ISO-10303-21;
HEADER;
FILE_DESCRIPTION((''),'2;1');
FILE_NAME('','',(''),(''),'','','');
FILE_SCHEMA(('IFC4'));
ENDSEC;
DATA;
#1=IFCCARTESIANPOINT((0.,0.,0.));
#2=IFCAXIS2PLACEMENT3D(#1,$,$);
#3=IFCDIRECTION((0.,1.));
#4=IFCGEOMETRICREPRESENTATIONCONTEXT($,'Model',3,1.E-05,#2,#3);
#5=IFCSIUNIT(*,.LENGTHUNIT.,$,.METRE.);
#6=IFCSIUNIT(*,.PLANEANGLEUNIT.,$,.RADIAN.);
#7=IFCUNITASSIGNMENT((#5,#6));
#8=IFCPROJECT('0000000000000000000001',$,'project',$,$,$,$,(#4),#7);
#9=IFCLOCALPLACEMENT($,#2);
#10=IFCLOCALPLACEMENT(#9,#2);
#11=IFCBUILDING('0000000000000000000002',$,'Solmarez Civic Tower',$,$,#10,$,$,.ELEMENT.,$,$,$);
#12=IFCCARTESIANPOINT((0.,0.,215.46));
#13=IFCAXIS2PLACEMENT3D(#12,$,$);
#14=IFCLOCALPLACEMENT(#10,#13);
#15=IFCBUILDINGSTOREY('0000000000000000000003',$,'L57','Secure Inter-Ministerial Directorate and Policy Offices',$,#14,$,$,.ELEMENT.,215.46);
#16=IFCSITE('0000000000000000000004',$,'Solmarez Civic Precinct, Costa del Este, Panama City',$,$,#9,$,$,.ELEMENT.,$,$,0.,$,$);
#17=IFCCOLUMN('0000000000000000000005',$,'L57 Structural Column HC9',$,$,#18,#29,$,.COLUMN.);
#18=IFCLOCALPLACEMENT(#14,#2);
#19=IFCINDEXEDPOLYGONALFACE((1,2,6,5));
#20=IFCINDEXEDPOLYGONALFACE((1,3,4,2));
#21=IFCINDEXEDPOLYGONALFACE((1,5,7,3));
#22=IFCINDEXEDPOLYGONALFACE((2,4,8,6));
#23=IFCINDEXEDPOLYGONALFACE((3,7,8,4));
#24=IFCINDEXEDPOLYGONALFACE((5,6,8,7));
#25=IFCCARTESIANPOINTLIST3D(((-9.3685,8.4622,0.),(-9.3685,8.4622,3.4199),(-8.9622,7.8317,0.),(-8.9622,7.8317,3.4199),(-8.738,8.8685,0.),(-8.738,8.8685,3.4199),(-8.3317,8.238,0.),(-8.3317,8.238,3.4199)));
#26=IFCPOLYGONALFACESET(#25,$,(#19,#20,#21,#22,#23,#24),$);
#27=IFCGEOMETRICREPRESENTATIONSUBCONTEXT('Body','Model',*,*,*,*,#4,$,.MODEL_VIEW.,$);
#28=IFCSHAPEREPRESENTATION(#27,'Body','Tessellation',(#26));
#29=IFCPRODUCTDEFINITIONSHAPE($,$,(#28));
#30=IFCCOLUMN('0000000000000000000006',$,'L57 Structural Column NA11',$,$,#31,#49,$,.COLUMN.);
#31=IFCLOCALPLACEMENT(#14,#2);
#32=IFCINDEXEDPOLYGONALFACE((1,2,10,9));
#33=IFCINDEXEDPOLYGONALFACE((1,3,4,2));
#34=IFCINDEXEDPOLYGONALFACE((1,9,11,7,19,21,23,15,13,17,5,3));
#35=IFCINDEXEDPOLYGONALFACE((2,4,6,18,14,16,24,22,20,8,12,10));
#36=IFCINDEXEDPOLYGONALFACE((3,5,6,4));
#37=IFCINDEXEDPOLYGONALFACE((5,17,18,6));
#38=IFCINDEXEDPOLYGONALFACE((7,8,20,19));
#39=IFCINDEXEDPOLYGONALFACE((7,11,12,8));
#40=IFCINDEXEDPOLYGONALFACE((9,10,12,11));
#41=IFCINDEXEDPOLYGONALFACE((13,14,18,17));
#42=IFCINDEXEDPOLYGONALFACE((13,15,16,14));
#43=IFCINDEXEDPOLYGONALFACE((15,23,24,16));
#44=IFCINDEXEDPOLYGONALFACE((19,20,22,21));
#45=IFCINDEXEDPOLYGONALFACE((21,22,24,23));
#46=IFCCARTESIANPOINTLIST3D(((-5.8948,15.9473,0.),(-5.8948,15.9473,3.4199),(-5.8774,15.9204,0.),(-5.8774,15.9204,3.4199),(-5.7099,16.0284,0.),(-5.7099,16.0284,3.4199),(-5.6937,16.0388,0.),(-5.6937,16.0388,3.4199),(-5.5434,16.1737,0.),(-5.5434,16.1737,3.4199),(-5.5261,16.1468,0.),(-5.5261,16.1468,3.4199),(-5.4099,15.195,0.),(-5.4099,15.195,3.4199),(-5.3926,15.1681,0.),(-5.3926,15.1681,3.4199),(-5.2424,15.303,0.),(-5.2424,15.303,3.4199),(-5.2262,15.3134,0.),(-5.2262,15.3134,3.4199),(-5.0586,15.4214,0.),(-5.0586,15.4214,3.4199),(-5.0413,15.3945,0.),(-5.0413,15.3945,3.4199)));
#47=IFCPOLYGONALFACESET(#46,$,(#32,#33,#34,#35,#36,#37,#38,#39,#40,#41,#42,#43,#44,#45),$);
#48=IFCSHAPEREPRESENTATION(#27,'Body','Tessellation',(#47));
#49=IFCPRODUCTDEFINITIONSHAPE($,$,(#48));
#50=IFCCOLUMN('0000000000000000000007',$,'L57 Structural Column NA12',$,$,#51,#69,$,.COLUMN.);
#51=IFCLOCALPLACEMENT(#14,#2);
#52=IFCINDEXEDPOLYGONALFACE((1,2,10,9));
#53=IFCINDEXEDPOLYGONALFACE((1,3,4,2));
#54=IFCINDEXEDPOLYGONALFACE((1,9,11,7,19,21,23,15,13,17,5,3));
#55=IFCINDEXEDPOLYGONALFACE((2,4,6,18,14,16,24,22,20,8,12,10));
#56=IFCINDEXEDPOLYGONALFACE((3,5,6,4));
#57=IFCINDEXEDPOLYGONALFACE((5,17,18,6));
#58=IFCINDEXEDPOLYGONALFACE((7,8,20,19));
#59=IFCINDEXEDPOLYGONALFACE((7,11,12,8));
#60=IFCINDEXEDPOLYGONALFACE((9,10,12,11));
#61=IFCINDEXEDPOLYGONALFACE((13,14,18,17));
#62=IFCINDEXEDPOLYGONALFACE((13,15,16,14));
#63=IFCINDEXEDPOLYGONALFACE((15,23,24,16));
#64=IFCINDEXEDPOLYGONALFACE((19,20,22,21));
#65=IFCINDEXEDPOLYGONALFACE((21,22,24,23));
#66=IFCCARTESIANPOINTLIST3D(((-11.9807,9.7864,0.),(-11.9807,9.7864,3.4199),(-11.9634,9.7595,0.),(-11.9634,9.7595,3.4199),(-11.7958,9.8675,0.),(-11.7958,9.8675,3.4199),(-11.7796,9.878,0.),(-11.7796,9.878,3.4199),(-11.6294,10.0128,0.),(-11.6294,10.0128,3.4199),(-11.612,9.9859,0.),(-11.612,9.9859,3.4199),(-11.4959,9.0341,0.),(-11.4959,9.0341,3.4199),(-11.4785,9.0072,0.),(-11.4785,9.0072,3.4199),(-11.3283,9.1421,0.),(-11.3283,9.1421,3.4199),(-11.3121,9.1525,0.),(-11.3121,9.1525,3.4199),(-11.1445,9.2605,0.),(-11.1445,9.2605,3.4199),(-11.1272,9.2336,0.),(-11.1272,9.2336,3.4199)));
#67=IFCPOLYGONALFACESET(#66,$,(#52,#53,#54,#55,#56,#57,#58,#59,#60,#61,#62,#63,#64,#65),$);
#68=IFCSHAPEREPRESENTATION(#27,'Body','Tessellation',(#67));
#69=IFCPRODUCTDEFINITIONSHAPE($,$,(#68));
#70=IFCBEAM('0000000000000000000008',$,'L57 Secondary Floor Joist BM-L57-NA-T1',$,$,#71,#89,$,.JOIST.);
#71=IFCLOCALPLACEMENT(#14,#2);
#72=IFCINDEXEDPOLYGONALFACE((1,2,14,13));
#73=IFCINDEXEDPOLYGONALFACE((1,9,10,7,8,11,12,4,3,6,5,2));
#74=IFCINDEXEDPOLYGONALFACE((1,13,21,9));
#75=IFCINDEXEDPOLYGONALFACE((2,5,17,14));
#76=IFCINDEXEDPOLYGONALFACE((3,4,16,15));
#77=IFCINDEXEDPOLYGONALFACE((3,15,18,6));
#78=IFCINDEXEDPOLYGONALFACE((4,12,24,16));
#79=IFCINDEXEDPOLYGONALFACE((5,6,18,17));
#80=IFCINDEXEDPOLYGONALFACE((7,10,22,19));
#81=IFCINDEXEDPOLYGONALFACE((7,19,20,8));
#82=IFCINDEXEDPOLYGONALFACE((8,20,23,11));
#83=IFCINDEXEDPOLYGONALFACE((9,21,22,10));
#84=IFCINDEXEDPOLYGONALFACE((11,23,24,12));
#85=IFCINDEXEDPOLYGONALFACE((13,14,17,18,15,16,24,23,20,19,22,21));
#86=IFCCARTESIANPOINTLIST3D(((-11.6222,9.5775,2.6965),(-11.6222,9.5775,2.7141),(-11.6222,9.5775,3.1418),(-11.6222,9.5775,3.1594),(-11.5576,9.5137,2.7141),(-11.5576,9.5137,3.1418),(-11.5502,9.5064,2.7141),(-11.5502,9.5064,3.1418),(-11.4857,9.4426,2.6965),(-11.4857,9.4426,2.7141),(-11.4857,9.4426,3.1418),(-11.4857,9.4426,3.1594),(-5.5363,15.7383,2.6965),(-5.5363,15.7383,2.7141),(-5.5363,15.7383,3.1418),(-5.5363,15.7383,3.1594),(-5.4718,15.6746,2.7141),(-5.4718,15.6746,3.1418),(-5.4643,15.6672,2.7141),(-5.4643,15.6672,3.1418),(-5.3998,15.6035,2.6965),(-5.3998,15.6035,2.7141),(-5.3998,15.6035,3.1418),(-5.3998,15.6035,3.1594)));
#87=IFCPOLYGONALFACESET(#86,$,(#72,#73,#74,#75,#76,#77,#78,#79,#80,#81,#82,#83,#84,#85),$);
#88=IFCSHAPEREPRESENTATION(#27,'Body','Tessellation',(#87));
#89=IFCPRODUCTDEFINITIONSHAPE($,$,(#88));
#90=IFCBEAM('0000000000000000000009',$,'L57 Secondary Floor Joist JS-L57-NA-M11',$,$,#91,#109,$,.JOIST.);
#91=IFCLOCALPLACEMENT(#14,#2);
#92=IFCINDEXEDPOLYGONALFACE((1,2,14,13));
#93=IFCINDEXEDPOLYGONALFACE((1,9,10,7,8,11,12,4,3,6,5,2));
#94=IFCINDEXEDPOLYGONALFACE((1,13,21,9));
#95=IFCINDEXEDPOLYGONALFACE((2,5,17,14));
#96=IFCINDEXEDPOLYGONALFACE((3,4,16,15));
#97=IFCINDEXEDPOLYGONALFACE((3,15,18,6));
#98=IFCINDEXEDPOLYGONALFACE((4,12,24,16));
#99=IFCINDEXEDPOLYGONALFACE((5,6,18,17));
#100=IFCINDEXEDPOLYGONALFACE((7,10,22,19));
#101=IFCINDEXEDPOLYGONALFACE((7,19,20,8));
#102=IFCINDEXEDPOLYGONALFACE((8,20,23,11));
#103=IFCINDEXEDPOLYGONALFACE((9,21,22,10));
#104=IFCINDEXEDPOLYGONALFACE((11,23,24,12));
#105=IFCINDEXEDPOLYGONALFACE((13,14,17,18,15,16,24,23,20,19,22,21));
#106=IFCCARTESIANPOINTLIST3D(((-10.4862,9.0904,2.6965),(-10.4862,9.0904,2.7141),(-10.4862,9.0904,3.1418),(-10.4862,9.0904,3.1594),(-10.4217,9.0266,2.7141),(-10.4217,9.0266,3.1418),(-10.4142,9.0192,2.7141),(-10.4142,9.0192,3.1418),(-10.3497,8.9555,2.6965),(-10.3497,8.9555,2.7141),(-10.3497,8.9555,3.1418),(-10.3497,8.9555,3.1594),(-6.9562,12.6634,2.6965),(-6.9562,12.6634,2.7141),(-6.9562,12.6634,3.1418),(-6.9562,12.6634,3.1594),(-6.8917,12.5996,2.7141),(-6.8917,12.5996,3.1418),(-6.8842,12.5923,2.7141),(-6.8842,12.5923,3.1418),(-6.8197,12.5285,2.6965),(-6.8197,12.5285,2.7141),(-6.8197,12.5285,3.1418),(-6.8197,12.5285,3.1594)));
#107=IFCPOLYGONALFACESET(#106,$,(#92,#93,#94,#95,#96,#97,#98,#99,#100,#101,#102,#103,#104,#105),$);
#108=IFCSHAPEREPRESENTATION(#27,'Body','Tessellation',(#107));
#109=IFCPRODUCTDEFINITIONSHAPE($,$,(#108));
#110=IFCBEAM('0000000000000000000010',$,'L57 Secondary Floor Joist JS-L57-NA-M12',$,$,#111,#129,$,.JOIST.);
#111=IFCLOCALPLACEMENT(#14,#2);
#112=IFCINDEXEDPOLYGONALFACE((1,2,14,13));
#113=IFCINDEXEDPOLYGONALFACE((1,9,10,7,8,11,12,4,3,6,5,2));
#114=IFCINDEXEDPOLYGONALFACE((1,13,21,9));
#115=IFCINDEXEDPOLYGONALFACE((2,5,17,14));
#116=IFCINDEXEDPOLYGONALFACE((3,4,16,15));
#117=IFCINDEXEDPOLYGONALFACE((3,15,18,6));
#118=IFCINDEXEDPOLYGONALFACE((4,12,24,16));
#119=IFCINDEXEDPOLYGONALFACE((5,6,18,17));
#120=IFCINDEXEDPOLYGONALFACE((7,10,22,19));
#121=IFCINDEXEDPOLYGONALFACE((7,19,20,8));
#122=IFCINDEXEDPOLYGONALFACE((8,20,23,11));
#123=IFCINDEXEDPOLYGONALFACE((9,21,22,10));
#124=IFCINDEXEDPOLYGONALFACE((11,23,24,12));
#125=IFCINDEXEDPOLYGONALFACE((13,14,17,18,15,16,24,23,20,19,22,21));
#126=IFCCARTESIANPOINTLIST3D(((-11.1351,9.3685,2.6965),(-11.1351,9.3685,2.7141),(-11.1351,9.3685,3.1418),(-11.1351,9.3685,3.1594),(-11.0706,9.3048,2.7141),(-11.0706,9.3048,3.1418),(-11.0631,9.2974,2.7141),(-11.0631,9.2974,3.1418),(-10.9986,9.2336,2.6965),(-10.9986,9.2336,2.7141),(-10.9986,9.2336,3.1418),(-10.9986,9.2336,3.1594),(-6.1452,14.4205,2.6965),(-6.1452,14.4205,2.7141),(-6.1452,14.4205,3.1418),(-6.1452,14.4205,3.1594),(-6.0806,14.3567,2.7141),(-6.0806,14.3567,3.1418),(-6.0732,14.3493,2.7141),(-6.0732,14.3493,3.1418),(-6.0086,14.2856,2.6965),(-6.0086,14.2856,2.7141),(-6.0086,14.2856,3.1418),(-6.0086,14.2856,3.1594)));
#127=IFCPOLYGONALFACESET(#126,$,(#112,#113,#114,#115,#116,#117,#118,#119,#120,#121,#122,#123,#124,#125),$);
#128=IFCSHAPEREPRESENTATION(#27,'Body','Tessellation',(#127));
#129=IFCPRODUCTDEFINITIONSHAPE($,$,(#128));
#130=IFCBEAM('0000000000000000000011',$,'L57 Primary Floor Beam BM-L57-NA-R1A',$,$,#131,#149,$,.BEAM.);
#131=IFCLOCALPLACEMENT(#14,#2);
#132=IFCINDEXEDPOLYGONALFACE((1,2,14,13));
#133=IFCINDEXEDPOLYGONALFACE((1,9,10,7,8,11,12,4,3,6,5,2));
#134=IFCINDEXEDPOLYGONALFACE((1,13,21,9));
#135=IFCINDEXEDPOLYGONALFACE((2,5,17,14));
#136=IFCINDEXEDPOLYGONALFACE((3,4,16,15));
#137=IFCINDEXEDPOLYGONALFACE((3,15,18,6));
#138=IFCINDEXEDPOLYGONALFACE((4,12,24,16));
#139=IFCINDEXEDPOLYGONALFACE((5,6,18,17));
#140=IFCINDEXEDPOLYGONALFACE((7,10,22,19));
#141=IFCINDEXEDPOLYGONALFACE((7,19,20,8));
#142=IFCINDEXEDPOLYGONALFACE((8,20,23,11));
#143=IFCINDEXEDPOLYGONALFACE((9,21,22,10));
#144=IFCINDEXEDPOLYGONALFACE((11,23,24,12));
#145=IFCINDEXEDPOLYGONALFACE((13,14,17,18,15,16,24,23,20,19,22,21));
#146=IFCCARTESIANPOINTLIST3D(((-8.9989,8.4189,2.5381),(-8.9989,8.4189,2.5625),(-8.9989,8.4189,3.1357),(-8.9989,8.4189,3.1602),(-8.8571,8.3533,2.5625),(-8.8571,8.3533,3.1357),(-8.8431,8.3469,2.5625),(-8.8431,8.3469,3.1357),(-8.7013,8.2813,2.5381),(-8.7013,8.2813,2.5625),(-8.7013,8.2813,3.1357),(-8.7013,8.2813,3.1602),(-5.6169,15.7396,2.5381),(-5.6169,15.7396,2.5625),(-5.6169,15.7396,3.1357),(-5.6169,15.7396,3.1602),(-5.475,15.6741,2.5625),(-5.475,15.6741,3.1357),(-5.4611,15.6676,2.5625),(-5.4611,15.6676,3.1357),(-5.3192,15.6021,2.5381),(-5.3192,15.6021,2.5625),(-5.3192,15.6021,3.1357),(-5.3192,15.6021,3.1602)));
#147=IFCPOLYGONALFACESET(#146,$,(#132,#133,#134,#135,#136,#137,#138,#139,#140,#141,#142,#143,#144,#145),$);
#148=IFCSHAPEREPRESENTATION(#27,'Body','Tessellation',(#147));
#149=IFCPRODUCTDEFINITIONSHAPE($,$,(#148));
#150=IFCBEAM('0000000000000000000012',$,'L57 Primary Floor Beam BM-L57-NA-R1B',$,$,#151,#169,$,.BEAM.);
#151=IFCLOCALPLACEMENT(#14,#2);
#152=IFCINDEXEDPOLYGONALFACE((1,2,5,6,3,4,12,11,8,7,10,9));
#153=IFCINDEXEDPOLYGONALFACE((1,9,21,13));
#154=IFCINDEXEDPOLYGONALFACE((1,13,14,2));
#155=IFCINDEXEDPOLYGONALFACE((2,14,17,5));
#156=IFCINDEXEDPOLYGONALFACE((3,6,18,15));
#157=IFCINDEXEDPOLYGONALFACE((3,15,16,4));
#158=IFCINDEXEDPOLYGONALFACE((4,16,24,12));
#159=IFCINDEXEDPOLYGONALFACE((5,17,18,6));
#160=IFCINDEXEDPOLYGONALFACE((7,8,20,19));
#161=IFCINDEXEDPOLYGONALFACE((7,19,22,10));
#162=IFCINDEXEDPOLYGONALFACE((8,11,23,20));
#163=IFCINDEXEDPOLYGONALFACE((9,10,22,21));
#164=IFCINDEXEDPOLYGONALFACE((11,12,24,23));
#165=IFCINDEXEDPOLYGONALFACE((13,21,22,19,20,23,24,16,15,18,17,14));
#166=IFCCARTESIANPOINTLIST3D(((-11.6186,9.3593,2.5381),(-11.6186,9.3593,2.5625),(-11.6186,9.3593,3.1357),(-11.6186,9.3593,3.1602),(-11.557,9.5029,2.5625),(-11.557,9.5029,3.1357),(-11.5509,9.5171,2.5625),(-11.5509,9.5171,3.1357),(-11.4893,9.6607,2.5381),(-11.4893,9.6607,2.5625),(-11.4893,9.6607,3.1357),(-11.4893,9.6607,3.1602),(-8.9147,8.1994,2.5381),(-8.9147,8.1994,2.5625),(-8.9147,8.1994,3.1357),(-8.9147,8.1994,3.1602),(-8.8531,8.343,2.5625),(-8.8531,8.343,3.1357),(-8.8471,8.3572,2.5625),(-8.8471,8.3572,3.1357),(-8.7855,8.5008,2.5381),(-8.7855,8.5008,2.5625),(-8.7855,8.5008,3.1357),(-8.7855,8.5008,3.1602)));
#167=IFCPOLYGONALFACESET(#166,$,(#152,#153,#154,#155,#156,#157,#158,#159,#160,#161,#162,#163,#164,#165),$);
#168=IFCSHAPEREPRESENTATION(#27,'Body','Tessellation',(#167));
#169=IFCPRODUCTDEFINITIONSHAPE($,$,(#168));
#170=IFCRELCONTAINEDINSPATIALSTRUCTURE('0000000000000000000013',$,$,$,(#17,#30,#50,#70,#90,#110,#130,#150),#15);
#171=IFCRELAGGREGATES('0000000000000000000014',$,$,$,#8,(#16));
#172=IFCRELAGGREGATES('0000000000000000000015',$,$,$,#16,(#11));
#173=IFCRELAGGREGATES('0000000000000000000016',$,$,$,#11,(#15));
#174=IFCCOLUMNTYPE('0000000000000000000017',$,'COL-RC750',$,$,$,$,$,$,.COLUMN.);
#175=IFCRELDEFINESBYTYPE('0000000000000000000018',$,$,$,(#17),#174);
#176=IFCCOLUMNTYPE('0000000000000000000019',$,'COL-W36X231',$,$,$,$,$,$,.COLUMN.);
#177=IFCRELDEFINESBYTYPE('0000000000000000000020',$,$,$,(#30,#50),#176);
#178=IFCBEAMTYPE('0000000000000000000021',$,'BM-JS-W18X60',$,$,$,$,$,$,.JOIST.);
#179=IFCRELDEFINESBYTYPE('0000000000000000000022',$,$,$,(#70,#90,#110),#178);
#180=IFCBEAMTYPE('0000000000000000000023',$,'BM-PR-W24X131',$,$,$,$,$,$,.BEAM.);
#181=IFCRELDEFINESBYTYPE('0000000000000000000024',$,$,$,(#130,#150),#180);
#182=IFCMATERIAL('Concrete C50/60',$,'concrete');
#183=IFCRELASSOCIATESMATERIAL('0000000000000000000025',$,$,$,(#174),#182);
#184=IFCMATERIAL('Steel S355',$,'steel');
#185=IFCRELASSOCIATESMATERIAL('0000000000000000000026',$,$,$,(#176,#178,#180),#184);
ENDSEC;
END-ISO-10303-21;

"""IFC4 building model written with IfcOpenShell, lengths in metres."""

from ifc_helpers import new_model, si_unit, direction, frame, origin, origin_2d, place, context, subcontext, project, spatial, rectangle, i_section, extrude, material, material_profile, profile_set, type_object, element, save


model = new_model("IFC4")

# Units and contexts
model_context = context("Model", 3, precision=1e-05, world=origin(), true_north=direction((0.0, 1.0)))
body_context = subcontext(model_context, "Body", "Model", "MODEL_VIEW")
ifc_project = project(units=[si_unit("LENGTHUNIT", "METRE"), si_unit("PLANEANGLEUNIT", "RADIAN")], contexts=[model_context])

# Site, building, storey
site_placement = place(None, origin())
site = spatial("IfcSite", under=ifc_project, at=site_placement, Name="Solmarez Civic Precinct, Costa del Este, Panama City", CompositionType="ELEMENT", RefElevation=0.0)
building_placement = place(site_placement, origin())
building = spatial("IfcBuilding", under=site, at=building_placement, Name="Solmarez Civic Tower", CompositionType="ELEMENT")
storey_placement = place(building_placement, frame((0.0, 0.0, 215.46)))
storey = spatial("IfcBuildingStorey", under=building, at=storey_placement, Name="L57", Description="Secure Inter-Ministerial Directorate and Policy Offices", CompositionType="ELEMENT", Elevation=215.46)

# Columns
ifc_material_1 = material(Name="Concrete C50/60", Category="concrete")
ifc_material_profile_1 = material_profile(ifc_material_1, rectangle(XDim=0.75, YDim=0.75, at=origin_2d()), Name="RC750X750")
ifc_profile_set_1 = profile_set([ifc_material_profile_1], Name="Concrete C50/60")
column_type_1 = type_object("IfcColumnType", Name="COL-RC750", PredefinedType="COLUMN", material=ifc_profile_set_1)
column_placement = place(storey_placement, frame((-8.8501, 8.3501, 0.0), z_axis=(0.0, 0.0, 1.0), x_axis=(0.840567, 0.541708, 0.0)))
element("IfcColumn", 1, at=column_placement, inside=storey, type_object=column_type_1, Name="L57 Structural Column HC9", PredefinedType="COLUMN", context=body_context, shape_type="SweptSolid", body=[
    extrude(rectangle(XDim=0.75, YDim=0.75, at=origin_2d()), origin(), (0.0, 0.0, 1.0), 3.4199),
])
ifc_material_2 = material(Name="Steel S355", Category="steel")
ifc_material_profile_2 = material_profile(ifc_material_2, i_section(OverallWidth=0.418, OverallDepth=0.927, WebThickness=0.0193, FlangeThickness=0.032, at=origin_2d()), Name="W36X231")
ifc_profile_set_2 = profile_set([ifc_material_profile_2], Name="Steel S355")
column_type_2 = type_object("IfcColumnType", Name="COL-W36X231", PredefinedType="COLUMN", material=ifc_profile_set_2)
for number, where, z_axis, x_axis, name in (
    (2, (-5.468, 15.6709, 0.0), (0.0, 0.0, 1.0), (0.840567, 0.541708, 0.0), "L57 Structural Column NA11"),
    (3, (-11.554, 9.51, 0.0), (0.0, 0.0, 1.0), (0.840567, 0.541708, 0.0), "L57 Structural Column NA12"),
):
    element("IfcColumn", number, at=place(storey_placement, frame(where, z_axis=z_axis, x_axis=x_axis)), inside=storey, type_object=column_type_2, Name=name, PredefinedType="COLUMN", context=body_context, shape_type="SweptSolid", body=[
        extrude(i_section(OverallWidth=0.418, OverallDepth=0.927, WebThickness=0.0193, FlangeThickness=0.032, at=origin_2d()), origin(), (0.0, 0.0, 1.0), 3.4199),
    ])

# Beams
ifc_material_profile_3 = material_profile(ifc_material_2, i_section(OverallWidth=0.1919, OverallDepth=0.4629, WebThickness=0.0105, FlangeThickness=0.0176, at=origin_2d()), Name="W18X60")
ifc_profile_set_3 = profile_set([ifc_material_profile_3], Name="Steel S355")
beam_type_1 = type_object("IfcBeamType", Name="BM-JS-W18X60", PredefinedType="JOIST", material=ifc_profile_set_3)
beam_1_placement = place(storey_placement, frame((-5.468, 15.6709, 2.928), z_axis=(-0.702766, -0.711421, 0.0), x_axis=(0.711421, -0.702766, 0.0)))
element("IfcBeam", 4, at=beam_1_placement, inside=storey, type_object=beam_type_1, Name="L57 Secondary Floor Joist BM-L57-NA-T1", PredefinedType="JOIST", context=body_context, shape_type="SweptSolid", body=[
    extrude(i_section(OverallWidth=0.1919, OverallDepth=0.4629, WebThickness=0.0105, FlangeThickness=0.0176, at=origin_2d()), origin(), (0.0, 0.0, 1.0), 8.6599),
])
beam_2_placement = place(storey_placement, frame((-6.8879, 12.5959, 2.928), z_axis=(-0.702816, -0.711371, 0.0), x_axis=(0.711371, -0.702816, 0.0)))
element("IfcBeam", 5, at=beam_2_placement, inside=storey, type_object=beam_type_1, Name="L57 Secondary Floor Joist JS-L57-NA-M11", PredefinedType="JOIST", context=body_context, shape_type="SweptSolid", body=[
    extrude(i_section(OverallWidth=0.1919, OverallDepth=0.4629, WebThickness=0.0105, FlangeThickness=0.0176, at=origin_2d()), origin(), (0.0, 0.0, 1.0), 5.0227),
])
beam_3_placement = place(storey_placement, frame((-6.0769, 14.353, 2.928), z_axis=(-0.702727, -0.71146, 0.0), x_axis=(0.71146, -0.702727, 0.0)))
element("IfcBeam", 6, at=beam_3_placement, inside=storey, type_object=beam_type_1, Name="L57 Secondary Floor Joist JS-L57-NA-M12", PredefinedType="JOIST", context=body_context, shape_type="SweptSolid", body=[
    extrude(i_section(OverallWidth=0.1919, OverallDepth=0.4629, WebThickness=0.0105, FlangeThickness=0.0176, at=origin_2d()), origin(), (0.0, 0.0, 1.0), 7.1008),
])
ifc_material_profile_4 = material_profile(ifc_material_2, i_section(OverallWidth=0.3279, OverallDepth=0.6221, WebThickness=0.0154, FlangeThickness=0.0244, at=origin_2d()), Name="W24X131")
ifc_profile_set_4 = profile_set([ifc_material_profile_4], Name="Steel S355")
beam_type_2 = type_object("IfcBeamType", Name="BM-PR-W24X131", PredefinedType="BEAM", material=ifc_profile_set_4)
beam_4_placement = place(storey_placement, frame((-8.8501, 8.3501, 2.8491), z_axis=(0.41939, 0.907806, 0.0), x_axis=(-0.907806, 0.41939, 0.0)))
element("IfcBeam", 7, at=beam_4_placement, inside=storey, type_object=beam_type_2, Name="L57 Primary Floor Beam BM-L57-NA-R1A", PredefinedType="BEAM", context=body_context, shape_type="SweptSolid", body=[
    extrude(i_section(OverallWidth=0.3279, OverallDepth=0.6221, WebThickness=0.0154, FlangeThickness=0.0244, at=origin_2d()), origin(), (0.0, 0.0, 1.0), 8.0642),
])
beam_5_placement = place(storey_placement, frame((-8.8501, 8.3501, 2.8491), z_axis=(-0.919008, 0.39424, 0.0), x_axis=(-0.39424, -0.919008, 0.0)))
element("IfcBeam", 8, at=beam_5_placement, inside=storey, type_object=beam_type_2, Name="L57 Primary Floor Beam BM-L57-NA-R1B", PredefinedType="BEAM", context=body_context, shape_type="SweptSolid", body=[
    extrude(i_section(OverallWidth=0.3279, OverallDepth=0.6221, WebThickness=0.0154, FlangeThickness=0.0244, at=origin_2d()), origin(), (0.0, 0.0, 1.0), 2.9421),
])

save(model, "model.ifc")
